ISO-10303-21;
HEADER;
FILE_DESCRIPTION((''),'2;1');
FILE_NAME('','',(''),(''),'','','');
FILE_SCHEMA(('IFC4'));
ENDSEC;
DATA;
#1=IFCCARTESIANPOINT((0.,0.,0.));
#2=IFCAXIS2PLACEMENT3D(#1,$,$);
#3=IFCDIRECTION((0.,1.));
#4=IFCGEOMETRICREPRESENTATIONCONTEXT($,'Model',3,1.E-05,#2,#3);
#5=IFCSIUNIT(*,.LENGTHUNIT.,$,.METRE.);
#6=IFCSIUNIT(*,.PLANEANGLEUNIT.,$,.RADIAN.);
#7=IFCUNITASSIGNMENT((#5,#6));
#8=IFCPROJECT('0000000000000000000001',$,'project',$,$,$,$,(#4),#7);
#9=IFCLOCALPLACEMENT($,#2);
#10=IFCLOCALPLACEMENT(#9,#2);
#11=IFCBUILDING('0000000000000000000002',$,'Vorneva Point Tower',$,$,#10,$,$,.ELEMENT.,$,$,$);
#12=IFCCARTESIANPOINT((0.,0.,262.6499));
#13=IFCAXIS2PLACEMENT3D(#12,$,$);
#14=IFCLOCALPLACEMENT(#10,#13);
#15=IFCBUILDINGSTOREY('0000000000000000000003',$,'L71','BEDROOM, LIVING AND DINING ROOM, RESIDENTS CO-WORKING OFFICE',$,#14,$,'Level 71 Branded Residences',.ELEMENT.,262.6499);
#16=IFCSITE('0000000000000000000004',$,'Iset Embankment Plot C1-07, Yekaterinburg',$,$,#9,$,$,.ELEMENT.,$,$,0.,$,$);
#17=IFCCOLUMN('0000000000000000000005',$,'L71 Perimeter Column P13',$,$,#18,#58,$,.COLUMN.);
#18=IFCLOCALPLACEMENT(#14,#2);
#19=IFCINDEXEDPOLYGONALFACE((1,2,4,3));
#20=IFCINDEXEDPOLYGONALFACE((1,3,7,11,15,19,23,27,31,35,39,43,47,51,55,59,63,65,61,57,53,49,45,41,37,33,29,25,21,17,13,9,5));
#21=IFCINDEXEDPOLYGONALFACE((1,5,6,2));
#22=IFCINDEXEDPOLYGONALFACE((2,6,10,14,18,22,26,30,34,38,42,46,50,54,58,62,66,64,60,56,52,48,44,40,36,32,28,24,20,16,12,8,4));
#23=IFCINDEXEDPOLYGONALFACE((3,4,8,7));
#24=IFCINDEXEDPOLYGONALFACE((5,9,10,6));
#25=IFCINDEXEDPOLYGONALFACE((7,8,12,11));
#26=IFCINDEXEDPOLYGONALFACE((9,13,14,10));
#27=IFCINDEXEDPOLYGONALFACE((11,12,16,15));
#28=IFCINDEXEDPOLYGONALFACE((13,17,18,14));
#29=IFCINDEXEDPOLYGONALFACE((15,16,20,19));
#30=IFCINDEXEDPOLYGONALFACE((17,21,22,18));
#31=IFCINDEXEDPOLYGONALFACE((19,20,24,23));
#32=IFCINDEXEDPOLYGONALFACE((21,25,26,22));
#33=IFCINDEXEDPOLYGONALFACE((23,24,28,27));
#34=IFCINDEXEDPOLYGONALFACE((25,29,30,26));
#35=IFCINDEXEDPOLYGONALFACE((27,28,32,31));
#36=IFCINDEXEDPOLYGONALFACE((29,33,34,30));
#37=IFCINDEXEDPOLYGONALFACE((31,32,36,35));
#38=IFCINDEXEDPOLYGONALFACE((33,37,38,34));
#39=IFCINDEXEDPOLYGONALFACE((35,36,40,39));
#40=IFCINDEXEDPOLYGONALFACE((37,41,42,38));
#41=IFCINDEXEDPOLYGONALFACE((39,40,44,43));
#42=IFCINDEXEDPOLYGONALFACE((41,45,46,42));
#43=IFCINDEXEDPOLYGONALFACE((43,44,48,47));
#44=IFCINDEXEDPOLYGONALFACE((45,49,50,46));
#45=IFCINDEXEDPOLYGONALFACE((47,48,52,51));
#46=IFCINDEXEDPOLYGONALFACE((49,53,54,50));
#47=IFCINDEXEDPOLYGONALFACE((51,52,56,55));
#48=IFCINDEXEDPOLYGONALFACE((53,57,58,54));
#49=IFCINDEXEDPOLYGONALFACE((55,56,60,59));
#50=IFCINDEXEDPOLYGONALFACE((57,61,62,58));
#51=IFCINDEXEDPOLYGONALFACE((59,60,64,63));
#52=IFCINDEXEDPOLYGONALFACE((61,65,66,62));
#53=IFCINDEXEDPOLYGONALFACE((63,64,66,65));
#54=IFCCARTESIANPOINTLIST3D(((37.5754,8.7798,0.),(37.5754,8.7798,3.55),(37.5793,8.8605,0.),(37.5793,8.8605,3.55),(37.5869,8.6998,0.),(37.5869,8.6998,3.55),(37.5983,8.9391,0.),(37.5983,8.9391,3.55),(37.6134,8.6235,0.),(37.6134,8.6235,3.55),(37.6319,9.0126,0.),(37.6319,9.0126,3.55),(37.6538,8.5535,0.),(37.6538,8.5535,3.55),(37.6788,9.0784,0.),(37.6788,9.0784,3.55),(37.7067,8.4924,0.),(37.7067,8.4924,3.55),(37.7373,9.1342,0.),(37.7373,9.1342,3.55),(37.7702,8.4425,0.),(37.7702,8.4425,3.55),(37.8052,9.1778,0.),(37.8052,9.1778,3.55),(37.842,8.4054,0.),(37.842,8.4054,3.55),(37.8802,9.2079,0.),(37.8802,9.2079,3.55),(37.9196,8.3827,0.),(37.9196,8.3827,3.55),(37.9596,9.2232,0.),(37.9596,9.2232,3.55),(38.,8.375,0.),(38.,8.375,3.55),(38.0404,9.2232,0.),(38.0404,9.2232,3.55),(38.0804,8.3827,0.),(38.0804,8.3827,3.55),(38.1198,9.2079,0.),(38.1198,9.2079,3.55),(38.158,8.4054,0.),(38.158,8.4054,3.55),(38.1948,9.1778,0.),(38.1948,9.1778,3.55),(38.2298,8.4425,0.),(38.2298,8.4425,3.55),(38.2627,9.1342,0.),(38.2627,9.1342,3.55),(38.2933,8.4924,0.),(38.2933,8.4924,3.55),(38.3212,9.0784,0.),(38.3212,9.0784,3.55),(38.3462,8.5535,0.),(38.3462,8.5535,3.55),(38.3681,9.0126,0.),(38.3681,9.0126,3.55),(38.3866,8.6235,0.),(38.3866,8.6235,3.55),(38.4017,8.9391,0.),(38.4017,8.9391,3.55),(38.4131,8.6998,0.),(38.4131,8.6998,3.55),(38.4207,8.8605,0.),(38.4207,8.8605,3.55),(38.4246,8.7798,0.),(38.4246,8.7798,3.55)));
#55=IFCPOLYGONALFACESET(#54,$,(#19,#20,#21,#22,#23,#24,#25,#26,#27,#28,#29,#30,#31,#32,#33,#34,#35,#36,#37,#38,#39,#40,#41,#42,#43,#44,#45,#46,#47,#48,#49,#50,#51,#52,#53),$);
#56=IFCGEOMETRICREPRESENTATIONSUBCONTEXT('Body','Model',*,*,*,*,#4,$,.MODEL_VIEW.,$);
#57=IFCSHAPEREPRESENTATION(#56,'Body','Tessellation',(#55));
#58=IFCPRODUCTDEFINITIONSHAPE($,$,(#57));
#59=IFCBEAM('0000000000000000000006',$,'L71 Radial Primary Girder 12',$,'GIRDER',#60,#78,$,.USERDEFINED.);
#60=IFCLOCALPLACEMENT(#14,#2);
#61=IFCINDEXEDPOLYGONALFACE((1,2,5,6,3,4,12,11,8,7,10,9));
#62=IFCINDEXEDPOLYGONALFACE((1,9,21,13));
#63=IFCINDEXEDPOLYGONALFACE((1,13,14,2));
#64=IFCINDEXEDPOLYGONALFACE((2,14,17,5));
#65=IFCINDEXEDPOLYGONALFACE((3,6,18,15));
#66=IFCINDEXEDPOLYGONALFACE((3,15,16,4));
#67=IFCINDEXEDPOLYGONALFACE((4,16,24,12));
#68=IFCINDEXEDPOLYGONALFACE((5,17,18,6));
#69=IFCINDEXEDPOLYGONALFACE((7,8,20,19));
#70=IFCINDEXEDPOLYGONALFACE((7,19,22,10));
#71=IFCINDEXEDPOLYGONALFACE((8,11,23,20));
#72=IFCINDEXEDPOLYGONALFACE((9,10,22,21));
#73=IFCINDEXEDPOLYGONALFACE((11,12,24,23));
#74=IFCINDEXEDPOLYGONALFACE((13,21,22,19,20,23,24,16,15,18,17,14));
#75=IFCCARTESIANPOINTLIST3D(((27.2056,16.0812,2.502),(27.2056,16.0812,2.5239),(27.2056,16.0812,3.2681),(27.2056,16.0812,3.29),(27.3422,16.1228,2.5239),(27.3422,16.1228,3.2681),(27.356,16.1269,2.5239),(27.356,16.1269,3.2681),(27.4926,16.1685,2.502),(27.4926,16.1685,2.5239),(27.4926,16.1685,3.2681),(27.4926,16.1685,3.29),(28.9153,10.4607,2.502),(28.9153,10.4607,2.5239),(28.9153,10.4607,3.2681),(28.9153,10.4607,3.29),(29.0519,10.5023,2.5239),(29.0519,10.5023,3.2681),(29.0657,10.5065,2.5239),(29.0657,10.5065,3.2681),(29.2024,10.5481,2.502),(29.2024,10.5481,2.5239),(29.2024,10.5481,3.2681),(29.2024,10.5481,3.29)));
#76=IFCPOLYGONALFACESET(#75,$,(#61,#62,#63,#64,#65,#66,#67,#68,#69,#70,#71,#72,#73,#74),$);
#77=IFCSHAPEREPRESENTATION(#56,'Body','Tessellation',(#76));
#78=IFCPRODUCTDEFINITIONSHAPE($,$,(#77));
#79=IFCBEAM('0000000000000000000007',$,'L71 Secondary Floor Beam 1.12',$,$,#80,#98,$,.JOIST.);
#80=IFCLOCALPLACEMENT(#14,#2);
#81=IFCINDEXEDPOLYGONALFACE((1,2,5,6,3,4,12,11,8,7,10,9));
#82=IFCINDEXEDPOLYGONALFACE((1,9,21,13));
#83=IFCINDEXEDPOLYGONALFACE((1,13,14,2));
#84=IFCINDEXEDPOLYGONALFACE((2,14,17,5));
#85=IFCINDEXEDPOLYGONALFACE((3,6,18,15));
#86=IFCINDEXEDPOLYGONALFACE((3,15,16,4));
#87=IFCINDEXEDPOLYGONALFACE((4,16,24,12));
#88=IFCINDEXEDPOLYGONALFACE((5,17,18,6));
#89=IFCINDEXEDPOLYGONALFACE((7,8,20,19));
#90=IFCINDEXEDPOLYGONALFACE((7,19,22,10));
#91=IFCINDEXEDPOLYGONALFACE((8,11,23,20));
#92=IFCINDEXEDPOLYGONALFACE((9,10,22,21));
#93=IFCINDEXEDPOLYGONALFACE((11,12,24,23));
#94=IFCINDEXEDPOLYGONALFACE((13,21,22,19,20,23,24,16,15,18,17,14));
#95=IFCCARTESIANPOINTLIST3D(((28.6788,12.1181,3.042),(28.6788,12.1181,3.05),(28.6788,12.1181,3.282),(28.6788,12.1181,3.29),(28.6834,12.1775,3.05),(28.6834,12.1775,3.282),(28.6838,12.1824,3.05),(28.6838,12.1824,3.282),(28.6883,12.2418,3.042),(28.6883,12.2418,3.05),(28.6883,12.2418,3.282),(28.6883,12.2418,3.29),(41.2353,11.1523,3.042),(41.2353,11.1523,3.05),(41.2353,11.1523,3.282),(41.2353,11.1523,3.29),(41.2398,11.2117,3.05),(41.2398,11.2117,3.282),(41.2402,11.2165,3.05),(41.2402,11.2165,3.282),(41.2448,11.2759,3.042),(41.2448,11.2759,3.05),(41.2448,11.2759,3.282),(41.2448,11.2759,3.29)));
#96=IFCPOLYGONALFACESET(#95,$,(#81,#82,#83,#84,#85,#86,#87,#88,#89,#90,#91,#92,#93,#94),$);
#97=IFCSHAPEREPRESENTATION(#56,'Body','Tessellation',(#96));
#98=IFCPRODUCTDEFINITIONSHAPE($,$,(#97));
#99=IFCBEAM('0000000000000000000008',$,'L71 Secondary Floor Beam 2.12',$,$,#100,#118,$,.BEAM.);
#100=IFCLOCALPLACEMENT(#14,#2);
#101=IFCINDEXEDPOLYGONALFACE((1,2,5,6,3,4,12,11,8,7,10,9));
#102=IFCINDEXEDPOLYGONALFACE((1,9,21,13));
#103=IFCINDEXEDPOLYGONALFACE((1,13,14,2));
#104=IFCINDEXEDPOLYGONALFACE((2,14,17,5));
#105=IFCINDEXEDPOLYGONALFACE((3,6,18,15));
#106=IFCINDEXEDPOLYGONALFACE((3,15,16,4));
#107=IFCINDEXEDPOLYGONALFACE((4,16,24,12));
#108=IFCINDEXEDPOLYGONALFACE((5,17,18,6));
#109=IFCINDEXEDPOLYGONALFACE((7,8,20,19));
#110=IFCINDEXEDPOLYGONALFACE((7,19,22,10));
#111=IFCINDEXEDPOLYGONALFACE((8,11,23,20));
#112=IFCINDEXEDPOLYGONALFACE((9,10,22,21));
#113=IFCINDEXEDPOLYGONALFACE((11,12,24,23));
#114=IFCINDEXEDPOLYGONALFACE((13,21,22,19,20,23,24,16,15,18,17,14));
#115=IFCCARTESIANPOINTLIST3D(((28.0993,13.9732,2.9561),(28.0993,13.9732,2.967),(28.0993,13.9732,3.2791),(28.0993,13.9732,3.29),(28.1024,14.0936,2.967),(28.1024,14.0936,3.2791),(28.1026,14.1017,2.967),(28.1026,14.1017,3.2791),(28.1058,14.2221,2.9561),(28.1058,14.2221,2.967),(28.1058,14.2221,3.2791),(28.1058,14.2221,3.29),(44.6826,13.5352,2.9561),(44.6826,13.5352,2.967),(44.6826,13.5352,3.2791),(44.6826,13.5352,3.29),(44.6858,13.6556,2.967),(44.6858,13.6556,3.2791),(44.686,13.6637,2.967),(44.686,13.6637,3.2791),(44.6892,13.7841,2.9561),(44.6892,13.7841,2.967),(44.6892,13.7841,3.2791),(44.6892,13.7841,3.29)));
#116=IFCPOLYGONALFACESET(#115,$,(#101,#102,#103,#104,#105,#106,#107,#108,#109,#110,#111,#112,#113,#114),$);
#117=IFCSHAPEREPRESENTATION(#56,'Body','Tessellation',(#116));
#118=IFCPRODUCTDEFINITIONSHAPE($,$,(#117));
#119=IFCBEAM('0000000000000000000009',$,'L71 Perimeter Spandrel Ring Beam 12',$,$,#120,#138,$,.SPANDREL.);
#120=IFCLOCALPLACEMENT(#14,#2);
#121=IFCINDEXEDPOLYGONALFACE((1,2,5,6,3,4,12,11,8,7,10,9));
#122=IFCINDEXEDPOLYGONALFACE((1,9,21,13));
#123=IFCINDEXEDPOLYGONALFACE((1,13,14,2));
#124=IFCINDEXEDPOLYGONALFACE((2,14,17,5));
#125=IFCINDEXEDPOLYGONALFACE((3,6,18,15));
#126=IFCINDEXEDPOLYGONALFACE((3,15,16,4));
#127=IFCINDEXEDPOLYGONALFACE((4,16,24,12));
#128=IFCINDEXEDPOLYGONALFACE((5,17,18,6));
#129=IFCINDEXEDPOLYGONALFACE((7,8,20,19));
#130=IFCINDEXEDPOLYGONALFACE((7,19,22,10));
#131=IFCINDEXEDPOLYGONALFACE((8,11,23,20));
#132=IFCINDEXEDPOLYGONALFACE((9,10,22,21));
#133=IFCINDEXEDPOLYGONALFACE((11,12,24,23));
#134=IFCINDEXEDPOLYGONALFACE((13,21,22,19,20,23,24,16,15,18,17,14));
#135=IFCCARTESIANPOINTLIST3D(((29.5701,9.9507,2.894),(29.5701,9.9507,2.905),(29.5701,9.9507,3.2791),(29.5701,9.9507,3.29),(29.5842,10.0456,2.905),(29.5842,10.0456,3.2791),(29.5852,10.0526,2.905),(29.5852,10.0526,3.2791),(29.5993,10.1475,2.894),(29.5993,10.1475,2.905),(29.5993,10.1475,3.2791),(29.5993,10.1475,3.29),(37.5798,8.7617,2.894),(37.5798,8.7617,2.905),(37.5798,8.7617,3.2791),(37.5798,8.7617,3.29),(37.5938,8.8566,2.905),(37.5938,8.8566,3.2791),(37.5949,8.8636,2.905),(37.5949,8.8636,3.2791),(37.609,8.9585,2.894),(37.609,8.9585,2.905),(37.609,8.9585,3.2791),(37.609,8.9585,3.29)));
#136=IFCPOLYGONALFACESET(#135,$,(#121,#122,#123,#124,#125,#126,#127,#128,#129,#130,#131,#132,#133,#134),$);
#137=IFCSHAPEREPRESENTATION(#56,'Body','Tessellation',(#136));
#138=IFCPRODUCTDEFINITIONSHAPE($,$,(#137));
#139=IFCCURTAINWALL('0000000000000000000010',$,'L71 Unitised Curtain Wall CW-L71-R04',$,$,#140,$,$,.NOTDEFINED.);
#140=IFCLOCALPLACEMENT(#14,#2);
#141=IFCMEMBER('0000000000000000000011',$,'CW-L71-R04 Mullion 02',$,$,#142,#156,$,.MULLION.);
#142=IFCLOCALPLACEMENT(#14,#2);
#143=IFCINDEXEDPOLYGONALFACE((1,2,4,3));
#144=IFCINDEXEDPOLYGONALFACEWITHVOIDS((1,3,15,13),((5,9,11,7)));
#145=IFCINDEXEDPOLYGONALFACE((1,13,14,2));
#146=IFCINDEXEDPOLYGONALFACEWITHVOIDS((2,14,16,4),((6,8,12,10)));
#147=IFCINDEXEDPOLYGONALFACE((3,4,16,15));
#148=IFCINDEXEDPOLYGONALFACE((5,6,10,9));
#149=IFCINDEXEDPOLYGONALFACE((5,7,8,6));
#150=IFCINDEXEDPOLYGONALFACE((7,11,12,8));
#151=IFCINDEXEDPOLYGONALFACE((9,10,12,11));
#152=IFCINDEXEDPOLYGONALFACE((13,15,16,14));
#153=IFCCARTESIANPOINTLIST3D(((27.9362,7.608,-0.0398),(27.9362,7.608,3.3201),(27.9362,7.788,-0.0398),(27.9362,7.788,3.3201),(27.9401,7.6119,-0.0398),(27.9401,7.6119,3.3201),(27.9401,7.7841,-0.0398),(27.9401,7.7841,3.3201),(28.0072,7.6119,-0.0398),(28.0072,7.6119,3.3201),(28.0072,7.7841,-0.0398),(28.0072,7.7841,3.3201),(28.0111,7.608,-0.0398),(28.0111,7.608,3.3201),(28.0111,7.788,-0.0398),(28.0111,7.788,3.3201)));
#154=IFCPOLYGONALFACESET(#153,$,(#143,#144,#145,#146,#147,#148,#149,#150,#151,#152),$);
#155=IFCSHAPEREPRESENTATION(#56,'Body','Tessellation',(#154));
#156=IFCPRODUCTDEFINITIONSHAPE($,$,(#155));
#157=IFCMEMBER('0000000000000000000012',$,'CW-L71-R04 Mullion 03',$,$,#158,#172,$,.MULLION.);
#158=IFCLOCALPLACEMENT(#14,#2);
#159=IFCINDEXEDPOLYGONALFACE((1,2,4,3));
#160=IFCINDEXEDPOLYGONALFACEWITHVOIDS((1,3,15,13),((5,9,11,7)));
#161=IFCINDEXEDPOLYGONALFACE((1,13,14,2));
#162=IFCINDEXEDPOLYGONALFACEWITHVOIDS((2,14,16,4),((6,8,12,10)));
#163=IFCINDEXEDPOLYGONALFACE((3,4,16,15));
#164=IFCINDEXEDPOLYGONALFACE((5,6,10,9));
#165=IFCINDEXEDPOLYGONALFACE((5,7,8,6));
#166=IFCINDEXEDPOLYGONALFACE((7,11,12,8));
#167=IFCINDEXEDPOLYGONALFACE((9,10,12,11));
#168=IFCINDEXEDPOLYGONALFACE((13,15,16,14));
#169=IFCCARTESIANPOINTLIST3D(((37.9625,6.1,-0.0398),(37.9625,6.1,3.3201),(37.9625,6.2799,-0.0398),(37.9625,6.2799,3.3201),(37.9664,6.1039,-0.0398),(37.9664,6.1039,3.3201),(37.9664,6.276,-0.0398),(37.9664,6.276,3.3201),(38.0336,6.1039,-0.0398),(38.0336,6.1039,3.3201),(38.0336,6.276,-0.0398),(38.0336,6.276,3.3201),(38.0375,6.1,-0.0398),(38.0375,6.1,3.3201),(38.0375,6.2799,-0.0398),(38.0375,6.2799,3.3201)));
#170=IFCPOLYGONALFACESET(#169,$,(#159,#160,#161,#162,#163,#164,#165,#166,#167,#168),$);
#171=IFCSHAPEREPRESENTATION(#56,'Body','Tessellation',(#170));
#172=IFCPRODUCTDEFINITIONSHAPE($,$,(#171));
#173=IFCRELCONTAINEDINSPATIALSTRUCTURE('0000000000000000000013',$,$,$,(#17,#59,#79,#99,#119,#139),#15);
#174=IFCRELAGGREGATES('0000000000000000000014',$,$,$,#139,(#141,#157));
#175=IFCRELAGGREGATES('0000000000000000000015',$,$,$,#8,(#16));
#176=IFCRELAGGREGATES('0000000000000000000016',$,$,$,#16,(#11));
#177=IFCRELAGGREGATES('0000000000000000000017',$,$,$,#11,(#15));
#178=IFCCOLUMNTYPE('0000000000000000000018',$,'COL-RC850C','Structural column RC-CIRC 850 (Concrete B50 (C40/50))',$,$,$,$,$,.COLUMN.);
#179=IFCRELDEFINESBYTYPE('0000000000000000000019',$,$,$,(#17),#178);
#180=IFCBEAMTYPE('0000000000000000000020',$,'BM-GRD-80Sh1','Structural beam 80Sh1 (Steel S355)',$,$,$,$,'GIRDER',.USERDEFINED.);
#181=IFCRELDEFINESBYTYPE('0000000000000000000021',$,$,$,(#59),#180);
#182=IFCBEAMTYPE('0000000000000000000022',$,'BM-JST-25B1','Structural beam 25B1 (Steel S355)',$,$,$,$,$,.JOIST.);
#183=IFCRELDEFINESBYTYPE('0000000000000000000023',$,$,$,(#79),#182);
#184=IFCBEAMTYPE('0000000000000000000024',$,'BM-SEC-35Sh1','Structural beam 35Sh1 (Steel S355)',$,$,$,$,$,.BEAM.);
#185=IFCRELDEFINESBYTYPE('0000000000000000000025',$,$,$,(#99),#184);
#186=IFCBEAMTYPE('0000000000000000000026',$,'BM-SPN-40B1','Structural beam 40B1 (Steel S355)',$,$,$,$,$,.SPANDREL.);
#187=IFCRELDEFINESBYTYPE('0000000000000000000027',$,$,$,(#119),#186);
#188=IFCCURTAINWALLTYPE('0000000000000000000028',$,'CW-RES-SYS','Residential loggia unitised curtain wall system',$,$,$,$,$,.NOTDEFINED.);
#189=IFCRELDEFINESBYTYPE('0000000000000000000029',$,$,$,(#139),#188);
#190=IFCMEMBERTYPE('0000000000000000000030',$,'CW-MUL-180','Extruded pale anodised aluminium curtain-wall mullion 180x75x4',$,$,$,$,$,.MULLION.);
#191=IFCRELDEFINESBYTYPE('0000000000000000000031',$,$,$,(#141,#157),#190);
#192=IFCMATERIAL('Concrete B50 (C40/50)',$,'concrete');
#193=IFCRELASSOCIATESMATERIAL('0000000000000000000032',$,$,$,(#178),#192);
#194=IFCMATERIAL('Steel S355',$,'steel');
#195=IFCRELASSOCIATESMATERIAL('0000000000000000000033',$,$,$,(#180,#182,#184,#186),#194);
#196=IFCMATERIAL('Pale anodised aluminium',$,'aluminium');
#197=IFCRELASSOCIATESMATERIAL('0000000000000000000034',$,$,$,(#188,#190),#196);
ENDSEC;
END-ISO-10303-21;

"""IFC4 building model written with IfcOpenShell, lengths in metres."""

from ifc_helpers import new_model, si_unit, direction, frame, origin, origin_2d, place, context, subcontext, project, spatial, hollow_rectangle, circle, i_section, extrude, material, material_profile, profile_set, type_object, element, aggregate, save


model = new_model("IFC4")

# Units and contexts
model_context = context("Model", 3, precision=1e-05, world=origin(), true_north=direction((0.0, 1.0)))
body_context = subcontext(model_context, "Body", "Model", "MODEL_VIEW")
ifc_project = project(units=[si_unit("LENGTHUNIT", "METRE"), si_unit("PLANEANGLEUNIT", "RADIAN")], contexts=[model_context])

# Site, building, storey
site_placement = place(None, origin())
site = spatial("IfcSite", under=ifc_project, at=site_placement, Name="Iset Embankment Plot C1-07, Yekaterinburg", CompositionType="ELEMENT", RefElevation=0.0)
building_placement = place(site_placement, origin())
building = spatial("IfcBuilding", under=site, at=building_placement, Name="Vorneva Point Tower", CompositionType="ELEMENT")
storey_placement = place(building_placement, frame((0.0, 0.0, 262.6499)))
storey = spatial("IfcBuildingStorey", under=building, at=storey_placement, Name="L71", Description="BEDROOM, LIVING AND DINING ROOM, RESIDENTS CO-WORKING OFFICE", LongName="Level 71 Branded Residences", CompositionType="ELEMENT", Elevation=262.6499)

# Column
ifc_material_1 = material(Name="Concrete B50 (C40/50)", Category="concrete")
ifc_material_profile_1 = material_profile(ifc_material_1, circle(Radius=0.425, at=origin_2d()), Name="RC-CIRC 850")
ifc_profile_set_1 = profile_set([ifc_material_profile_1], Name="Concrete B50 (C40/50)")
column_type = type_object("IfcColumnType", Name="COL-RC850C", Description="Structural column RC-CIRC 850 (Concrete B50 (C40/50))", PredefinedType="COLUMN", material=ifc_profile_set_1)
for number, where, z_axis, x_axis, name in (
    (1, (38.0, 8.8, 0.0), (0.0, 0.0, 1.0), (0.0, -1.0, 0.0), "L71 Perimeter Column P13"),
):
    element("IfcColumn", number, at=place(storey_placement, frame(where, z_axis=z_axis, x_axis=x_axis)), inside=storey, type_object=column_type, Name=name, PredefinedType="COLUMN", context=body_context, shape_type="SweptSolid", body=[
        extrude(circle(Radius=0.425, at=origin_2d()), origin(), (0.0, 0.0, 1.0), 3.55),
    ])

# Beams
ifc_material_2 = material(Name="Steel S355", Category="steel")
ifc_material_profile_2 = material_profile(ifc_material_2, i_section(OverallWidth=0.3, OverallDepth=0.7881, WebThickness=0.0144, FlangeThickness=0.022, at=origin_2d()), Name="80Sh1")
ifc_profile_set_2 = profile_set([ifc_material_profile_2], Name="Steel S355")
beam_type_1 = type_object("IfcBeamType", Name="BM-GRD-80Sh1", Description="Structural beam 80Sh1 (Steel S355)", ElementType="GIRDER", PredefinedType="USERDEFINED", material=ifc_profile_set_2)
beam_1_placement = place(storey_placement, frame((29.0588, 10.5044, 2.896), z_axis=(-0.291033, 0.956713, 0.0), x_axis=(-0.956713, -0.291033, 0.0)))
element("IfcBeam", 2, at=beam_1_placement, inside=storey, type_object=beam_type_1, Name="L71 Radial Primary Girder 12", ObjectType="GIRDER", PredefinedType="USERDEFINED", context=body_context, shape_type="SweptSolid", body=[
    extrude(i_section(OverallWidth=0.3, OverallDepth=0.7881, WebThickness=0.0144, FlangeThickness=0.022, at=origin_2d()), origin(), (0.0, 0.0, 1.0), 5.8748),
])
ifc_material_profile_3 = material_profile(ifc_material_2, i_section(OverallWidth=0.124, OverallDepth=0.248, WebThickness=0.0049, FlangeThickness=0.0081, at=origin_2d()), Name="25B1")
ifc_profile_set_3 = profile_set([ifc_material_profile_3], Name="Steel S355")
beam_type_2 = type_object("IfcBeamType", Name="BM-JST-25B1", Description="Structural beam 25B1 (Steel S355)", PredefinedType="JOIST", material=ifc_profile_set_3)
beam_2_placement = place(storey_placement, frame((28.6836, 12.1799, 3.166), z_axis=(0.997055, -0.076692, 0.0), x_axis=(0.076692, 0.997055, 0.0)))
element("IfcBeam", 3, at=beam_2_placement, inside=storey, type_object=beam_type_2, Name="L71 Secondary Floor Beam 1.12", PredefinedType="JOIST", context=body_context, shape_type="SweptSolid", body=[
    extrude(i_section(OverallWidth=0.124, OverallDepth=0.248, WebThickness=0.0049, FlangeThickness=0.0081, at=origin_2d()), origin(), (0.0, 0.0, 1.0), 12.5935),
])
ifc_material_profile_4 = material_profile(ifc_material_2, i_section(OverallWidth=0.249, OverallDepth=0.334, WebThickness=0.0081, FlangeThickness=0.011, at=origin_2d()), Name="35Sh1")
ifc_profile_set_4 = profile_set([ifc_material_profile_4], Name="Steel S355")
beam_type_3 = type_object("IfcBeamType", Name="BM-SEC-35Sh1", Description="Structural beam 35Sh1 (Steel S355)", PredefinedType="BEAM", material=ifc_profile_set_4)
beam_3_placement = place(storey_placement, frame((28.1025, 14.0977, 3.123), z_axis=(0.999651, -0.026402, 0.0), x_axis=(0.026402, 0.999651, 0.0)))
element("IfcBeam", 4, at=beam_3_placement, inside=storey, type_object=beam_type_3, Name="L71 Secondary Floor Beam 2.12", PredefinedType="BEAM", context=body_context, shape_type="SweptSolid", body=[
    extrude(i_section(OverallWidth=0.249, OverallDepth=0.334, WebThickness=0.0081, FlangeThickness=0.011, at=origin_2d()), origin(), (0.0, 0.0, 1.0), 16.5891),
])
ifc_material_profile_5 = material_profile(ifc_material_2, i_section(OverallWidth=0.199, OverallDepth=0.396, WebThickness=0.0071, FlangeThickness=0.011, at=origin_2d()), Name="40B1")
ifc_profile_set_5 = profile_set([ifc_material_profile_5], Name="Steel S355")
beam_type_4 = type_object("IfcBeamType", Name="BM-SPN-40B1", Description="Structural beam 40B1 (Steel S355)", PredefinedType="SPANDREL", material=ifc_profile_set_5)
beam_4_placement = place(storey_placement, frame((29.5847, 10.0491, 3.092), z_axis=(0.989162, -0.146831, 0.0), x_axis=(0.146831, 0.989162, 0.0)))
element("IfcBeam", 5, at=beam_4_placement, inside=storey, type_object=beam_type_4, Name="L71 Perimeter Spandrel Ring Beam 12", PredefinedType="SPANDREL", context=body_context, shape_type="SweptSolid", body=[
    extrude(i_section(OverallWidth=0.199, OverallDepth=0.396, WebThickness=0.0071, FlangeThickness=0.011, at=origin_2d()), origin(), (0.0, 0.0, 1.0), 8.0974),
])

# Curtain wall, members
ifc_material_3 = material(Name="Pale anodised aluminium", Category="aluminium")
curtain_wall_type = type_object("IfcCurtainWallType", Name="CW-RES-SYS", Description="Residential loggia unitised curtain wall system", PredefinedType="NOTDEFINED", material=ifc_material_3)
curtain_wall_placement = place(storey_placement, origin())
curtain_wall = element("IfcCurtainWall", 6, at=curtain_wall_placement, inside=storey, type_object=curtain_wall_type, Name="L71 Unitised Curtain Wall CW-L71-R04", PredefinedType="NOTDEFINED")
ifc_material_profile_6 = material_profile(ifc_material_3, hollow_rectangle(XDim=0.075, YDim=0.1799, WallThickness=0.0039, at=origin_2d()), Name="AL-MUL 180x75x4")
ifc_profile_set_6 = profile_set([ifc_material_profile_6], Name="Pale anodised aluminium")
member_type_1 = type_object("IfcMemberType", Name="CW-MUL-180", Description="Extruded pale anodised aluminium curtain-wall mullion 180x75x4", PredefinedType="MULLION", material=ifc_profile_set_6)
member_1_placement = place(storey_placement, frame((27.9736, 7.698, -0.0398), z_axis=(0.0, 0.0, 1.0), x_axis=(1.0, 0.0, 0.0)))
member_1 = element("IfcMember", 7, at=member_1_placement, type_object=member_type_1, Name="CW-L71-R04 Mullion 02", PredefinedType="MULLION", context=body_context, shape_type="SweptSolid", body=[
    extrude(hollow_rectangle(XDim=0.075, YDim=0.1799, WallThickness=0.0039, at=origin_2d()), origin(), (0.0, 0.0, 1.0), 3.3599),
])
member_2_placement = place(storey_placement, frame((38.0, 6.1899, -0.0398), z_axis=(0.0, 0.0, 1.0), x_axis=(1.0, 0.0, 0.0)))
member_2 = element("IfcMember", 8, at=member_2_placement, type_object=member_type_1, Name="CW-L71-R04 Mullion 03", PredefinedType="MULLION", context=body_context, shape_type="SweptSolid", body=[
    extrude(hollow_rectangle(XDim=0.075, YDim=0.1799, WallThickness=0.0039, at=origin_2d()), origin(), (0.0, 0.0, 1.0), 3.3599),
])
aggregate(curtain_wall, [member_1, member_2])

save(model, "model.ifc")
